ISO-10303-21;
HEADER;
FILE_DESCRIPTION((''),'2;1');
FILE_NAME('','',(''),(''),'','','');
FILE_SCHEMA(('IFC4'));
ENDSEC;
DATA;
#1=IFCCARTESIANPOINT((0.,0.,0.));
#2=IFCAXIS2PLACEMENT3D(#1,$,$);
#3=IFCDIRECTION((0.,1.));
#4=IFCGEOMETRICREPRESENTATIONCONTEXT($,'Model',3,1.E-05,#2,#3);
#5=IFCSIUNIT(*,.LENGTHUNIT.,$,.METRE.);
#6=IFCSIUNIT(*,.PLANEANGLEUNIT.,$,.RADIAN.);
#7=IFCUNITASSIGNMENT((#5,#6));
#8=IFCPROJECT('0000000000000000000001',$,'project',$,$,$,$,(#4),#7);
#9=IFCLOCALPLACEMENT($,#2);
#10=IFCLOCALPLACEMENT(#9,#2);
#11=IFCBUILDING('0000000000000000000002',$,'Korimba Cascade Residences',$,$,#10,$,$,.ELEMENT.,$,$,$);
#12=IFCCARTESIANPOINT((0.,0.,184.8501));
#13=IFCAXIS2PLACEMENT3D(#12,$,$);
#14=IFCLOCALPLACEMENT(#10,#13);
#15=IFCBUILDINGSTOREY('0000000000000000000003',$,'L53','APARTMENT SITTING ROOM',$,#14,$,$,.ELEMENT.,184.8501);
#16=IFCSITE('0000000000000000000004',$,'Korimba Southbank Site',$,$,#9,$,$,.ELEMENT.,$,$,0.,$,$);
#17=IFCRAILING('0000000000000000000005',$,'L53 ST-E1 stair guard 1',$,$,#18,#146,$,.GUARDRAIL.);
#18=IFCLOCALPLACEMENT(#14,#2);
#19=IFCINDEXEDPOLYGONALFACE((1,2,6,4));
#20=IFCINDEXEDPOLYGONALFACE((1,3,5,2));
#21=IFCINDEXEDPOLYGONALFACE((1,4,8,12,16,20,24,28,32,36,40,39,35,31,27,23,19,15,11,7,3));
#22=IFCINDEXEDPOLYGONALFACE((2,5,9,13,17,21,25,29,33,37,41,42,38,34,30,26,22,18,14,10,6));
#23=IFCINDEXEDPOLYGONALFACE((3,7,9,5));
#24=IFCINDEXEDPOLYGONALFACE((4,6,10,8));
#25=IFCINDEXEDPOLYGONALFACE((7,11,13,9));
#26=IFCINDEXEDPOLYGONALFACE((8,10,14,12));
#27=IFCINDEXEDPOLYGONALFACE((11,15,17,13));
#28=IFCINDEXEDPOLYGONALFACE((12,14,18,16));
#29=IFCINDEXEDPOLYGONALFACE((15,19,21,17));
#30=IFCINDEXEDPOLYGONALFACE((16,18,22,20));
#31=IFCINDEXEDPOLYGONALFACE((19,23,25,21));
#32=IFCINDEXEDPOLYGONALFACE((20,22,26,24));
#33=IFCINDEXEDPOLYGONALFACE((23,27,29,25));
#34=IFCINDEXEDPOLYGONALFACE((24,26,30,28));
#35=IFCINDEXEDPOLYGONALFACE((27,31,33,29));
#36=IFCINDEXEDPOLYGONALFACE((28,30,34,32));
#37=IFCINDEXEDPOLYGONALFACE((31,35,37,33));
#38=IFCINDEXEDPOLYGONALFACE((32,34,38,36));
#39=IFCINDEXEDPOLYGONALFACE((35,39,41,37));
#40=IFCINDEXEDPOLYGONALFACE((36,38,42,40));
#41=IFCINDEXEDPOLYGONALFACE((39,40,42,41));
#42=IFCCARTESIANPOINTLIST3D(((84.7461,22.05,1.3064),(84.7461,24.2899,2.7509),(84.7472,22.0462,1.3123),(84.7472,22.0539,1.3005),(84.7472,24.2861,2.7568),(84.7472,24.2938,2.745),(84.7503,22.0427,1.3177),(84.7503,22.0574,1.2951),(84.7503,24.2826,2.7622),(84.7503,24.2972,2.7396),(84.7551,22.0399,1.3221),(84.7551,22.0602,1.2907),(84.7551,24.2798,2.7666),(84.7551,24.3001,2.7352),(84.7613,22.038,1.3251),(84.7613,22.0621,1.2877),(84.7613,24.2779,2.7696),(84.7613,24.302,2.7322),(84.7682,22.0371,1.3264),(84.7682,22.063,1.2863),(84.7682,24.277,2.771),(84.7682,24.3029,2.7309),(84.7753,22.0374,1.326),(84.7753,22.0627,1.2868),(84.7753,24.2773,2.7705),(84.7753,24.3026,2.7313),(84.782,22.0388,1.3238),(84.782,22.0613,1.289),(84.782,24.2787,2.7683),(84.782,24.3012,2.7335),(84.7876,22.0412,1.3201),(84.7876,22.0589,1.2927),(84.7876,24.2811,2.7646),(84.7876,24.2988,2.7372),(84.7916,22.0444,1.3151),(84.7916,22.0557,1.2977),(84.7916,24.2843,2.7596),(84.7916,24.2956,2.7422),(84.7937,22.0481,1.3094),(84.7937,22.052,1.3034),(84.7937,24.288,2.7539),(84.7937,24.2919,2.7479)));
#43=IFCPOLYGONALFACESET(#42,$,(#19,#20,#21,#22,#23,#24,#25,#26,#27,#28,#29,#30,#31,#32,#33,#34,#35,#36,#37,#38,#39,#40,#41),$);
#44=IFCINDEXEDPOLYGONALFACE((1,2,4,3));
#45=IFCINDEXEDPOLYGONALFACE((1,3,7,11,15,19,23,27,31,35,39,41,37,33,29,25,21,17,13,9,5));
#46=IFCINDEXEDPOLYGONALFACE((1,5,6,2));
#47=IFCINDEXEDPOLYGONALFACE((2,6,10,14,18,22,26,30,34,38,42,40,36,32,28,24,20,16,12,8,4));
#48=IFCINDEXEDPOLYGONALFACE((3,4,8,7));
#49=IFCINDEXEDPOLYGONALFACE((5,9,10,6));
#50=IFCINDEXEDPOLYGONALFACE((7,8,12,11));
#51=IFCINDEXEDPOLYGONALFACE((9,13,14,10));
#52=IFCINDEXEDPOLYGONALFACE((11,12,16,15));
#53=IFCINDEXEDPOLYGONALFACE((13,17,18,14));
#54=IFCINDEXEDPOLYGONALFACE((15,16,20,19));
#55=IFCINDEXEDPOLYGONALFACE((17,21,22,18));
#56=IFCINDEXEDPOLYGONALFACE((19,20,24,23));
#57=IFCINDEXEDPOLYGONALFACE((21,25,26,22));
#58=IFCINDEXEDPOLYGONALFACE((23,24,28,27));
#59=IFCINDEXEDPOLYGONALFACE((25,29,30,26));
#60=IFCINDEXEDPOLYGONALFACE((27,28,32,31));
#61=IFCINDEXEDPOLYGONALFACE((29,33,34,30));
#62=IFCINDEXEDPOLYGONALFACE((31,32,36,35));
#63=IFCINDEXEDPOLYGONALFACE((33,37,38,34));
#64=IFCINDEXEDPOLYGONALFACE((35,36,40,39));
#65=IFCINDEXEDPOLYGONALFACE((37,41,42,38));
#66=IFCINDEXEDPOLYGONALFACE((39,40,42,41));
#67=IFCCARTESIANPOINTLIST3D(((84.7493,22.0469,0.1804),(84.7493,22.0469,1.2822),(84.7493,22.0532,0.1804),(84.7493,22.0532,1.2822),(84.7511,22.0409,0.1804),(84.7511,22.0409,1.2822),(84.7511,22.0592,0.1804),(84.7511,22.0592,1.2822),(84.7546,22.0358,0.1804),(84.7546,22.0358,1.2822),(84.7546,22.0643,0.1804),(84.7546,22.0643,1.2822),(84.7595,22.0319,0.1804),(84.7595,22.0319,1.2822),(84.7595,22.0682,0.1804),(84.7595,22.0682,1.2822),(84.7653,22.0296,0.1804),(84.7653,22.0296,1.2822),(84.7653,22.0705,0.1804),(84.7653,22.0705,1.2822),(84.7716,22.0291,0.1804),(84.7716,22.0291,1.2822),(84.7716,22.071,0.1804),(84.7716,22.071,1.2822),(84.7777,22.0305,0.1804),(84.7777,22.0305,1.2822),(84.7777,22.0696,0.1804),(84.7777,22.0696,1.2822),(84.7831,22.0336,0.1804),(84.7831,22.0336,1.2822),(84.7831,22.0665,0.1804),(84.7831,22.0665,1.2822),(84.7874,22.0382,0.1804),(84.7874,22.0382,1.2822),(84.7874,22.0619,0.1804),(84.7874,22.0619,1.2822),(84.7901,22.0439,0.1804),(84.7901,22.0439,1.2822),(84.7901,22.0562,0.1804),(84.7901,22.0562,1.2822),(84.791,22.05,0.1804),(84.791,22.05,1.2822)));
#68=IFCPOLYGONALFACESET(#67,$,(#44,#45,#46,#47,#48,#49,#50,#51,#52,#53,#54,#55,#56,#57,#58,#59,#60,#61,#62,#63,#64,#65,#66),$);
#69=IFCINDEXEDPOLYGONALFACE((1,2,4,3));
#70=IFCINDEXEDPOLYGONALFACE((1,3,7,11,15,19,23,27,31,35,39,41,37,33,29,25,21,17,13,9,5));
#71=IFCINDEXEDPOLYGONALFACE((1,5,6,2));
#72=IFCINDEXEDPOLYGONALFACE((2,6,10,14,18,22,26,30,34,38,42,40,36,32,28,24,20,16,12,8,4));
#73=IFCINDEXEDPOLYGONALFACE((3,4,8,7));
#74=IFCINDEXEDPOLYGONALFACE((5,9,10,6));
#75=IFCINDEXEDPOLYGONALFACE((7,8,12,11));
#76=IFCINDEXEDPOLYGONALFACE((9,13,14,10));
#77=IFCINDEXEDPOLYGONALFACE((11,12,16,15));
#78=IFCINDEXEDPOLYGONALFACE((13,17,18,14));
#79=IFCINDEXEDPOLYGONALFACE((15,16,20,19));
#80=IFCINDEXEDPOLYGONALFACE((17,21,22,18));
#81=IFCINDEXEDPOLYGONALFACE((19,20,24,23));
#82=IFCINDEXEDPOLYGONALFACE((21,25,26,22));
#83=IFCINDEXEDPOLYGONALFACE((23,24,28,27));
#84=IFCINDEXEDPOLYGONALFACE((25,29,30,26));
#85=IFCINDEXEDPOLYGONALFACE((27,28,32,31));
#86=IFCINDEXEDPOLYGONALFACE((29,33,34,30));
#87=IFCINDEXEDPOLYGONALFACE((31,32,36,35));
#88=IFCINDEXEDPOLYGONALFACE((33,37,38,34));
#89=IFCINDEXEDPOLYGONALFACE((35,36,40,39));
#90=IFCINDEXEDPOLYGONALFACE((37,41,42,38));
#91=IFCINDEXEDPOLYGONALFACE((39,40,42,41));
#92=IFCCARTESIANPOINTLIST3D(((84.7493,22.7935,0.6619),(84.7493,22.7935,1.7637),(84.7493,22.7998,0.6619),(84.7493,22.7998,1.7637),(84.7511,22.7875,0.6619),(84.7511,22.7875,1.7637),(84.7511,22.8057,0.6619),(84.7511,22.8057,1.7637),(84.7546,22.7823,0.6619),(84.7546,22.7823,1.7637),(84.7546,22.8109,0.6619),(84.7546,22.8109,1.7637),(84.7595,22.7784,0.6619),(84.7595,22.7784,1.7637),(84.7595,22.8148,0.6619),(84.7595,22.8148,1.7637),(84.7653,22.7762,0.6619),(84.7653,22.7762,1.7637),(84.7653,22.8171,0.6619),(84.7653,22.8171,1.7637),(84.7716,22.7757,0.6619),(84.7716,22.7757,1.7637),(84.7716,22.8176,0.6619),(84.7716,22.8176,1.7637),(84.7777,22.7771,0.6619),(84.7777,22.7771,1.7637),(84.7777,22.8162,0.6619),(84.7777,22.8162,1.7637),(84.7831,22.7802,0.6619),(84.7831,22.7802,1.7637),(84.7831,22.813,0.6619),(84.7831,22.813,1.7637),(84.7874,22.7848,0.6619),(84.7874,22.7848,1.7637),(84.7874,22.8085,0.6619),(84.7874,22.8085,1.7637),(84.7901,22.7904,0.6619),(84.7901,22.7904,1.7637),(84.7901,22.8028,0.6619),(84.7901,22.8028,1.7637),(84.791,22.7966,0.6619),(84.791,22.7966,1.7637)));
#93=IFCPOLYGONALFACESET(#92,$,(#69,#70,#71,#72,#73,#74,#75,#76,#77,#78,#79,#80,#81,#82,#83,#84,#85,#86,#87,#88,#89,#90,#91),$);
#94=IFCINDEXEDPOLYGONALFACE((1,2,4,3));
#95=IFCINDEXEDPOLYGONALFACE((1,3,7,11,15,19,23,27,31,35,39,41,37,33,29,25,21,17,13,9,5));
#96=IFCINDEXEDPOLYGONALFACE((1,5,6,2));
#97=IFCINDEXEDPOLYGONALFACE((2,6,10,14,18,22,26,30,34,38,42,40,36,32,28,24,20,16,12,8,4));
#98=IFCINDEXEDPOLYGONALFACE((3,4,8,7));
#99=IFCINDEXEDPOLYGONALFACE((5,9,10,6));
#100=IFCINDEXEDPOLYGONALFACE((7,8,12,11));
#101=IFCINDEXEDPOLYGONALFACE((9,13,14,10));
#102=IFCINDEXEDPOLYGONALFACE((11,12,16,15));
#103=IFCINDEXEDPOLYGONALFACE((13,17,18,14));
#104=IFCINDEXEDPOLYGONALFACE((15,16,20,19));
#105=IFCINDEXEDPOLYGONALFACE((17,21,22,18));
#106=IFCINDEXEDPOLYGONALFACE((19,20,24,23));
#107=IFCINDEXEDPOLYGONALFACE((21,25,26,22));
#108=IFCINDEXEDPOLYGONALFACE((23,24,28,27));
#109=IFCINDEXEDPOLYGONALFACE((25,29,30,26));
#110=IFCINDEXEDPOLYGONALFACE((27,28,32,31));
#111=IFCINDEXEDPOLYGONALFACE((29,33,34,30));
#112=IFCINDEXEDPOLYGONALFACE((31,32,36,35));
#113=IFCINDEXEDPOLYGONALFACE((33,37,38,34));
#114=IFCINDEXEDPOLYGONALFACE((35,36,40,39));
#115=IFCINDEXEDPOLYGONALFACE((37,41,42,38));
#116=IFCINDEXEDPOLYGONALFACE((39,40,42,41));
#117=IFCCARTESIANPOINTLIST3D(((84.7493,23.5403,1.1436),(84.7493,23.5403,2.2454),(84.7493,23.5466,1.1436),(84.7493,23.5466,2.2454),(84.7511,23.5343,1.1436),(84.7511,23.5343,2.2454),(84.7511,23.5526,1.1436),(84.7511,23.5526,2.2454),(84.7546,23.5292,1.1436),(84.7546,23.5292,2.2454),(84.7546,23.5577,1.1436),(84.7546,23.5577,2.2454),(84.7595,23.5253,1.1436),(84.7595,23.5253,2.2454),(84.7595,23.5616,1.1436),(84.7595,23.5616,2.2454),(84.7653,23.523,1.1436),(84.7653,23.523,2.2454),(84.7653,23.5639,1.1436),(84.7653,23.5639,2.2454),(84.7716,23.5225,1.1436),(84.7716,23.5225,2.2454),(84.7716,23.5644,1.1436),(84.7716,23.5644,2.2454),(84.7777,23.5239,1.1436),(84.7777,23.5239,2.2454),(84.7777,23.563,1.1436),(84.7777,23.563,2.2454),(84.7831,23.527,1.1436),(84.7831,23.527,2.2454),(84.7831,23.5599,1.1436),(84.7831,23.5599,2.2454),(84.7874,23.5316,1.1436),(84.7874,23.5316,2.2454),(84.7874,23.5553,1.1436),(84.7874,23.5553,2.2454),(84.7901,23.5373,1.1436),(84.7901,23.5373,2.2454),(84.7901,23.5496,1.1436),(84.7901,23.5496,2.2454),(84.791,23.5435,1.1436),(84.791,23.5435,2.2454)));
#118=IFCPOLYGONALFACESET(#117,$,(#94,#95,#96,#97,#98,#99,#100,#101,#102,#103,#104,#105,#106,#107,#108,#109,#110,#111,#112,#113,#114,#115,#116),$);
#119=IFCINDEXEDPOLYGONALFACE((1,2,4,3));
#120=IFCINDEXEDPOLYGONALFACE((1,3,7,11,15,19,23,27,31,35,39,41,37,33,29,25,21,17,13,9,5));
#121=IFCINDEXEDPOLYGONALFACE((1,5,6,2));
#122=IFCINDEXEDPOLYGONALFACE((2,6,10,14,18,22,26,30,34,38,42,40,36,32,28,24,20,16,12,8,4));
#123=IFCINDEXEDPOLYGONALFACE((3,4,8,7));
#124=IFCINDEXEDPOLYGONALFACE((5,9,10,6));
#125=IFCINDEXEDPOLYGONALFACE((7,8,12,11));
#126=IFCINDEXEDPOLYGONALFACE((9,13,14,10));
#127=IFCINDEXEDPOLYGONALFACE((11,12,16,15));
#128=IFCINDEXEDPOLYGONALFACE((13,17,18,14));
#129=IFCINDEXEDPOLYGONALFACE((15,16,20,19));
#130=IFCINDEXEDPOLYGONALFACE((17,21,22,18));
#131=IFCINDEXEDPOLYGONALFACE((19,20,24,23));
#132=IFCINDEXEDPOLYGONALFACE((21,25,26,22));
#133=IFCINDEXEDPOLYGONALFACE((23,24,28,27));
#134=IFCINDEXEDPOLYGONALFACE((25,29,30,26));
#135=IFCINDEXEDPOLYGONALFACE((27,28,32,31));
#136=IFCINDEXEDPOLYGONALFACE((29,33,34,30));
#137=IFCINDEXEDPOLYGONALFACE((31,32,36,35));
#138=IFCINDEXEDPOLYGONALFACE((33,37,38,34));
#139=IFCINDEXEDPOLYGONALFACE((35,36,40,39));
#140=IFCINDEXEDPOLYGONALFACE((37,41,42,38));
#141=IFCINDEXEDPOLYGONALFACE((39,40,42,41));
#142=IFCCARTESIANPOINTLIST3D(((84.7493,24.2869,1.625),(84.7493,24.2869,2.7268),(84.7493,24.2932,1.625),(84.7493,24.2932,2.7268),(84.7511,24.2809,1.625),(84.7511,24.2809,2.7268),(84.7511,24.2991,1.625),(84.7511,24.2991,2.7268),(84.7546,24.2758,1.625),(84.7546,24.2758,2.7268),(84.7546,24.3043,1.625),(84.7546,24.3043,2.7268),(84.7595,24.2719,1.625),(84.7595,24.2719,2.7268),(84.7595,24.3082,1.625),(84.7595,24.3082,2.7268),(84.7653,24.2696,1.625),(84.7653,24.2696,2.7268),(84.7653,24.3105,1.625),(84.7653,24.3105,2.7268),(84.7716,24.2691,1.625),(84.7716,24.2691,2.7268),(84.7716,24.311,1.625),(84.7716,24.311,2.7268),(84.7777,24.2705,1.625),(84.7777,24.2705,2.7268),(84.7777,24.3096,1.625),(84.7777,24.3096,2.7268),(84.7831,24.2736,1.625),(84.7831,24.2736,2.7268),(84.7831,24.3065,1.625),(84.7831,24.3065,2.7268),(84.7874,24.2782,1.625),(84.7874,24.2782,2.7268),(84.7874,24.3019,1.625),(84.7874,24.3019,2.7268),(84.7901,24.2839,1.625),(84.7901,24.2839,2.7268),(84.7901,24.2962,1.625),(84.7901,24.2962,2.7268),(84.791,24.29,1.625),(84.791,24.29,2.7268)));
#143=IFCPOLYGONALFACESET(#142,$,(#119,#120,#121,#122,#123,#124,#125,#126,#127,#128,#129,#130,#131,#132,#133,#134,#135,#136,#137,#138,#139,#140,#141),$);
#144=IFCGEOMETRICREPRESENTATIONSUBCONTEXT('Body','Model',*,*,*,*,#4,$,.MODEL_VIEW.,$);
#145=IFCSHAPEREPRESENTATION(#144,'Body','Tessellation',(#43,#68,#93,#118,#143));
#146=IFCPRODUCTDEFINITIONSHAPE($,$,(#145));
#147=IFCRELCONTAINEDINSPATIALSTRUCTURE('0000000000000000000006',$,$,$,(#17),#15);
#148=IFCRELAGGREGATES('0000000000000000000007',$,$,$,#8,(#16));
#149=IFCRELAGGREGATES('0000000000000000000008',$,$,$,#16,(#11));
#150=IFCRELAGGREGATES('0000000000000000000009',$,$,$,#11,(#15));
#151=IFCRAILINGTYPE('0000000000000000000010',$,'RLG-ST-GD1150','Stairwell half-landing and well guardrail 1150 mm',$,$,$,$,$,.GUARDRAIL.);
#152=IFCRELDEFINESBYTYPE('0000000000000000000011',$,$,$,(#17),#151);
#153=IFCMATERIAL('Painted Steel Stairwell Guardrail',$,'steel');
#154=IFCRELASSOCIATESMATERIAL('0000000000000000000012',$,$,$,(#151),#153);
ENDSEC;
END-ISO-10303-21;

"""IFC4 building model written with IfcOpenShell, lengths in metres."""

from ifc_helpers import new_model, si_unit, direction, frame, origin, origin_2d, place, context, subcontext, project, spatial, circle, extrude, material, type_object, element, save


model = new_model("IFC4")

# Units and contexts
model_context = context("Model", 3, precision=1e-05, world=origin(), true_north=direction((0.0, 1.0)))
body_context = subcontext(model_context, "Body", "Model", "MODEL_VIEW")
ifc_project = project(units=[si_unit("LENGTHUNIT", "METRE"), si_unit("PLANEANGLEUNIT", "RADIAN")], contexts=[model_context])

# Site, building, storey
site_placement = place(None, origin())
site = spatial("IfcSite", under=ifc_project, at=site_placement, Name="Korimba Southbank Site", CompositionType="ELEMENT", RefElevation=0.0)
building_placement = place(site_placement, origin())
building = spatial("IfcBuilding", under=site, at=building_placement, Name="Korimba Cascade Residences", CompositionType="ELEMENT")
storey_placement = place(building_placement, frame((0.0, 0.0, 184.8501)))
storey = spatial("IfcBuildingStorey", under=building, at=storey_placement, Name="L53", Description="APARTMENT SITTING ROOM", CompositionType="ELEMENT", Elevation=184.8501)

# Railing
ifc_material_1 = material(Name="Painted Steel Stairwell Guardrail", Category="steel")
railing_type_1 = type_object("IfcRailingType", Name="RLG-ST-GD1150", Description="Stairwell half-landing and well guardrail 1150 mm", PredefinedType="GUARDRAIL", material=ifc_material_1)
railing_1_placement = place(storey_placement, frame((84.77, 22.05, 0.1804)))
element("IfcRailing", 1, at=railing_1_placement, inside=storey, type_object=railing_type_1, Name="L53 ST-E1 stair guard 1", PredefinedType="GUARDRAIL", context=body_context, shape_type="SweptSolid", body=[
    extrude(circle(Radius=0.0239, at=origin_2d()), frame((0.0, 0.0, 1.126), z_axis=(0.0, 0.840395, 0.541975), x_axis=(-1.0, 0.0, 0.0)), (0.0, 0.0, 1.0), 2.6653),
    extrude(circle(Radius=0.021, at=origin_2d()), origin(), (0.0, 0.0, 1.0), 1.1018),
    extrude(circle(Radius=0.021, at=origin_2d()), frame((0.0, 0.7466, 0.4814)), (0.0, 0.0, 1.0), 1.1018),
    extrude(circle(Radius=0.021, at=origin_2d()), frame((0.0, 1.4934, 0.9631)), (0.0, 0.0, 1.0), 1.1018),
    extrude(circle(Radius=0.021, at=origin_2d()), frame((0.0, 2.24, 1.4446)), (0.0, 0.0, 1.0), 1.1018),
])

save(model, "model.ifc")
